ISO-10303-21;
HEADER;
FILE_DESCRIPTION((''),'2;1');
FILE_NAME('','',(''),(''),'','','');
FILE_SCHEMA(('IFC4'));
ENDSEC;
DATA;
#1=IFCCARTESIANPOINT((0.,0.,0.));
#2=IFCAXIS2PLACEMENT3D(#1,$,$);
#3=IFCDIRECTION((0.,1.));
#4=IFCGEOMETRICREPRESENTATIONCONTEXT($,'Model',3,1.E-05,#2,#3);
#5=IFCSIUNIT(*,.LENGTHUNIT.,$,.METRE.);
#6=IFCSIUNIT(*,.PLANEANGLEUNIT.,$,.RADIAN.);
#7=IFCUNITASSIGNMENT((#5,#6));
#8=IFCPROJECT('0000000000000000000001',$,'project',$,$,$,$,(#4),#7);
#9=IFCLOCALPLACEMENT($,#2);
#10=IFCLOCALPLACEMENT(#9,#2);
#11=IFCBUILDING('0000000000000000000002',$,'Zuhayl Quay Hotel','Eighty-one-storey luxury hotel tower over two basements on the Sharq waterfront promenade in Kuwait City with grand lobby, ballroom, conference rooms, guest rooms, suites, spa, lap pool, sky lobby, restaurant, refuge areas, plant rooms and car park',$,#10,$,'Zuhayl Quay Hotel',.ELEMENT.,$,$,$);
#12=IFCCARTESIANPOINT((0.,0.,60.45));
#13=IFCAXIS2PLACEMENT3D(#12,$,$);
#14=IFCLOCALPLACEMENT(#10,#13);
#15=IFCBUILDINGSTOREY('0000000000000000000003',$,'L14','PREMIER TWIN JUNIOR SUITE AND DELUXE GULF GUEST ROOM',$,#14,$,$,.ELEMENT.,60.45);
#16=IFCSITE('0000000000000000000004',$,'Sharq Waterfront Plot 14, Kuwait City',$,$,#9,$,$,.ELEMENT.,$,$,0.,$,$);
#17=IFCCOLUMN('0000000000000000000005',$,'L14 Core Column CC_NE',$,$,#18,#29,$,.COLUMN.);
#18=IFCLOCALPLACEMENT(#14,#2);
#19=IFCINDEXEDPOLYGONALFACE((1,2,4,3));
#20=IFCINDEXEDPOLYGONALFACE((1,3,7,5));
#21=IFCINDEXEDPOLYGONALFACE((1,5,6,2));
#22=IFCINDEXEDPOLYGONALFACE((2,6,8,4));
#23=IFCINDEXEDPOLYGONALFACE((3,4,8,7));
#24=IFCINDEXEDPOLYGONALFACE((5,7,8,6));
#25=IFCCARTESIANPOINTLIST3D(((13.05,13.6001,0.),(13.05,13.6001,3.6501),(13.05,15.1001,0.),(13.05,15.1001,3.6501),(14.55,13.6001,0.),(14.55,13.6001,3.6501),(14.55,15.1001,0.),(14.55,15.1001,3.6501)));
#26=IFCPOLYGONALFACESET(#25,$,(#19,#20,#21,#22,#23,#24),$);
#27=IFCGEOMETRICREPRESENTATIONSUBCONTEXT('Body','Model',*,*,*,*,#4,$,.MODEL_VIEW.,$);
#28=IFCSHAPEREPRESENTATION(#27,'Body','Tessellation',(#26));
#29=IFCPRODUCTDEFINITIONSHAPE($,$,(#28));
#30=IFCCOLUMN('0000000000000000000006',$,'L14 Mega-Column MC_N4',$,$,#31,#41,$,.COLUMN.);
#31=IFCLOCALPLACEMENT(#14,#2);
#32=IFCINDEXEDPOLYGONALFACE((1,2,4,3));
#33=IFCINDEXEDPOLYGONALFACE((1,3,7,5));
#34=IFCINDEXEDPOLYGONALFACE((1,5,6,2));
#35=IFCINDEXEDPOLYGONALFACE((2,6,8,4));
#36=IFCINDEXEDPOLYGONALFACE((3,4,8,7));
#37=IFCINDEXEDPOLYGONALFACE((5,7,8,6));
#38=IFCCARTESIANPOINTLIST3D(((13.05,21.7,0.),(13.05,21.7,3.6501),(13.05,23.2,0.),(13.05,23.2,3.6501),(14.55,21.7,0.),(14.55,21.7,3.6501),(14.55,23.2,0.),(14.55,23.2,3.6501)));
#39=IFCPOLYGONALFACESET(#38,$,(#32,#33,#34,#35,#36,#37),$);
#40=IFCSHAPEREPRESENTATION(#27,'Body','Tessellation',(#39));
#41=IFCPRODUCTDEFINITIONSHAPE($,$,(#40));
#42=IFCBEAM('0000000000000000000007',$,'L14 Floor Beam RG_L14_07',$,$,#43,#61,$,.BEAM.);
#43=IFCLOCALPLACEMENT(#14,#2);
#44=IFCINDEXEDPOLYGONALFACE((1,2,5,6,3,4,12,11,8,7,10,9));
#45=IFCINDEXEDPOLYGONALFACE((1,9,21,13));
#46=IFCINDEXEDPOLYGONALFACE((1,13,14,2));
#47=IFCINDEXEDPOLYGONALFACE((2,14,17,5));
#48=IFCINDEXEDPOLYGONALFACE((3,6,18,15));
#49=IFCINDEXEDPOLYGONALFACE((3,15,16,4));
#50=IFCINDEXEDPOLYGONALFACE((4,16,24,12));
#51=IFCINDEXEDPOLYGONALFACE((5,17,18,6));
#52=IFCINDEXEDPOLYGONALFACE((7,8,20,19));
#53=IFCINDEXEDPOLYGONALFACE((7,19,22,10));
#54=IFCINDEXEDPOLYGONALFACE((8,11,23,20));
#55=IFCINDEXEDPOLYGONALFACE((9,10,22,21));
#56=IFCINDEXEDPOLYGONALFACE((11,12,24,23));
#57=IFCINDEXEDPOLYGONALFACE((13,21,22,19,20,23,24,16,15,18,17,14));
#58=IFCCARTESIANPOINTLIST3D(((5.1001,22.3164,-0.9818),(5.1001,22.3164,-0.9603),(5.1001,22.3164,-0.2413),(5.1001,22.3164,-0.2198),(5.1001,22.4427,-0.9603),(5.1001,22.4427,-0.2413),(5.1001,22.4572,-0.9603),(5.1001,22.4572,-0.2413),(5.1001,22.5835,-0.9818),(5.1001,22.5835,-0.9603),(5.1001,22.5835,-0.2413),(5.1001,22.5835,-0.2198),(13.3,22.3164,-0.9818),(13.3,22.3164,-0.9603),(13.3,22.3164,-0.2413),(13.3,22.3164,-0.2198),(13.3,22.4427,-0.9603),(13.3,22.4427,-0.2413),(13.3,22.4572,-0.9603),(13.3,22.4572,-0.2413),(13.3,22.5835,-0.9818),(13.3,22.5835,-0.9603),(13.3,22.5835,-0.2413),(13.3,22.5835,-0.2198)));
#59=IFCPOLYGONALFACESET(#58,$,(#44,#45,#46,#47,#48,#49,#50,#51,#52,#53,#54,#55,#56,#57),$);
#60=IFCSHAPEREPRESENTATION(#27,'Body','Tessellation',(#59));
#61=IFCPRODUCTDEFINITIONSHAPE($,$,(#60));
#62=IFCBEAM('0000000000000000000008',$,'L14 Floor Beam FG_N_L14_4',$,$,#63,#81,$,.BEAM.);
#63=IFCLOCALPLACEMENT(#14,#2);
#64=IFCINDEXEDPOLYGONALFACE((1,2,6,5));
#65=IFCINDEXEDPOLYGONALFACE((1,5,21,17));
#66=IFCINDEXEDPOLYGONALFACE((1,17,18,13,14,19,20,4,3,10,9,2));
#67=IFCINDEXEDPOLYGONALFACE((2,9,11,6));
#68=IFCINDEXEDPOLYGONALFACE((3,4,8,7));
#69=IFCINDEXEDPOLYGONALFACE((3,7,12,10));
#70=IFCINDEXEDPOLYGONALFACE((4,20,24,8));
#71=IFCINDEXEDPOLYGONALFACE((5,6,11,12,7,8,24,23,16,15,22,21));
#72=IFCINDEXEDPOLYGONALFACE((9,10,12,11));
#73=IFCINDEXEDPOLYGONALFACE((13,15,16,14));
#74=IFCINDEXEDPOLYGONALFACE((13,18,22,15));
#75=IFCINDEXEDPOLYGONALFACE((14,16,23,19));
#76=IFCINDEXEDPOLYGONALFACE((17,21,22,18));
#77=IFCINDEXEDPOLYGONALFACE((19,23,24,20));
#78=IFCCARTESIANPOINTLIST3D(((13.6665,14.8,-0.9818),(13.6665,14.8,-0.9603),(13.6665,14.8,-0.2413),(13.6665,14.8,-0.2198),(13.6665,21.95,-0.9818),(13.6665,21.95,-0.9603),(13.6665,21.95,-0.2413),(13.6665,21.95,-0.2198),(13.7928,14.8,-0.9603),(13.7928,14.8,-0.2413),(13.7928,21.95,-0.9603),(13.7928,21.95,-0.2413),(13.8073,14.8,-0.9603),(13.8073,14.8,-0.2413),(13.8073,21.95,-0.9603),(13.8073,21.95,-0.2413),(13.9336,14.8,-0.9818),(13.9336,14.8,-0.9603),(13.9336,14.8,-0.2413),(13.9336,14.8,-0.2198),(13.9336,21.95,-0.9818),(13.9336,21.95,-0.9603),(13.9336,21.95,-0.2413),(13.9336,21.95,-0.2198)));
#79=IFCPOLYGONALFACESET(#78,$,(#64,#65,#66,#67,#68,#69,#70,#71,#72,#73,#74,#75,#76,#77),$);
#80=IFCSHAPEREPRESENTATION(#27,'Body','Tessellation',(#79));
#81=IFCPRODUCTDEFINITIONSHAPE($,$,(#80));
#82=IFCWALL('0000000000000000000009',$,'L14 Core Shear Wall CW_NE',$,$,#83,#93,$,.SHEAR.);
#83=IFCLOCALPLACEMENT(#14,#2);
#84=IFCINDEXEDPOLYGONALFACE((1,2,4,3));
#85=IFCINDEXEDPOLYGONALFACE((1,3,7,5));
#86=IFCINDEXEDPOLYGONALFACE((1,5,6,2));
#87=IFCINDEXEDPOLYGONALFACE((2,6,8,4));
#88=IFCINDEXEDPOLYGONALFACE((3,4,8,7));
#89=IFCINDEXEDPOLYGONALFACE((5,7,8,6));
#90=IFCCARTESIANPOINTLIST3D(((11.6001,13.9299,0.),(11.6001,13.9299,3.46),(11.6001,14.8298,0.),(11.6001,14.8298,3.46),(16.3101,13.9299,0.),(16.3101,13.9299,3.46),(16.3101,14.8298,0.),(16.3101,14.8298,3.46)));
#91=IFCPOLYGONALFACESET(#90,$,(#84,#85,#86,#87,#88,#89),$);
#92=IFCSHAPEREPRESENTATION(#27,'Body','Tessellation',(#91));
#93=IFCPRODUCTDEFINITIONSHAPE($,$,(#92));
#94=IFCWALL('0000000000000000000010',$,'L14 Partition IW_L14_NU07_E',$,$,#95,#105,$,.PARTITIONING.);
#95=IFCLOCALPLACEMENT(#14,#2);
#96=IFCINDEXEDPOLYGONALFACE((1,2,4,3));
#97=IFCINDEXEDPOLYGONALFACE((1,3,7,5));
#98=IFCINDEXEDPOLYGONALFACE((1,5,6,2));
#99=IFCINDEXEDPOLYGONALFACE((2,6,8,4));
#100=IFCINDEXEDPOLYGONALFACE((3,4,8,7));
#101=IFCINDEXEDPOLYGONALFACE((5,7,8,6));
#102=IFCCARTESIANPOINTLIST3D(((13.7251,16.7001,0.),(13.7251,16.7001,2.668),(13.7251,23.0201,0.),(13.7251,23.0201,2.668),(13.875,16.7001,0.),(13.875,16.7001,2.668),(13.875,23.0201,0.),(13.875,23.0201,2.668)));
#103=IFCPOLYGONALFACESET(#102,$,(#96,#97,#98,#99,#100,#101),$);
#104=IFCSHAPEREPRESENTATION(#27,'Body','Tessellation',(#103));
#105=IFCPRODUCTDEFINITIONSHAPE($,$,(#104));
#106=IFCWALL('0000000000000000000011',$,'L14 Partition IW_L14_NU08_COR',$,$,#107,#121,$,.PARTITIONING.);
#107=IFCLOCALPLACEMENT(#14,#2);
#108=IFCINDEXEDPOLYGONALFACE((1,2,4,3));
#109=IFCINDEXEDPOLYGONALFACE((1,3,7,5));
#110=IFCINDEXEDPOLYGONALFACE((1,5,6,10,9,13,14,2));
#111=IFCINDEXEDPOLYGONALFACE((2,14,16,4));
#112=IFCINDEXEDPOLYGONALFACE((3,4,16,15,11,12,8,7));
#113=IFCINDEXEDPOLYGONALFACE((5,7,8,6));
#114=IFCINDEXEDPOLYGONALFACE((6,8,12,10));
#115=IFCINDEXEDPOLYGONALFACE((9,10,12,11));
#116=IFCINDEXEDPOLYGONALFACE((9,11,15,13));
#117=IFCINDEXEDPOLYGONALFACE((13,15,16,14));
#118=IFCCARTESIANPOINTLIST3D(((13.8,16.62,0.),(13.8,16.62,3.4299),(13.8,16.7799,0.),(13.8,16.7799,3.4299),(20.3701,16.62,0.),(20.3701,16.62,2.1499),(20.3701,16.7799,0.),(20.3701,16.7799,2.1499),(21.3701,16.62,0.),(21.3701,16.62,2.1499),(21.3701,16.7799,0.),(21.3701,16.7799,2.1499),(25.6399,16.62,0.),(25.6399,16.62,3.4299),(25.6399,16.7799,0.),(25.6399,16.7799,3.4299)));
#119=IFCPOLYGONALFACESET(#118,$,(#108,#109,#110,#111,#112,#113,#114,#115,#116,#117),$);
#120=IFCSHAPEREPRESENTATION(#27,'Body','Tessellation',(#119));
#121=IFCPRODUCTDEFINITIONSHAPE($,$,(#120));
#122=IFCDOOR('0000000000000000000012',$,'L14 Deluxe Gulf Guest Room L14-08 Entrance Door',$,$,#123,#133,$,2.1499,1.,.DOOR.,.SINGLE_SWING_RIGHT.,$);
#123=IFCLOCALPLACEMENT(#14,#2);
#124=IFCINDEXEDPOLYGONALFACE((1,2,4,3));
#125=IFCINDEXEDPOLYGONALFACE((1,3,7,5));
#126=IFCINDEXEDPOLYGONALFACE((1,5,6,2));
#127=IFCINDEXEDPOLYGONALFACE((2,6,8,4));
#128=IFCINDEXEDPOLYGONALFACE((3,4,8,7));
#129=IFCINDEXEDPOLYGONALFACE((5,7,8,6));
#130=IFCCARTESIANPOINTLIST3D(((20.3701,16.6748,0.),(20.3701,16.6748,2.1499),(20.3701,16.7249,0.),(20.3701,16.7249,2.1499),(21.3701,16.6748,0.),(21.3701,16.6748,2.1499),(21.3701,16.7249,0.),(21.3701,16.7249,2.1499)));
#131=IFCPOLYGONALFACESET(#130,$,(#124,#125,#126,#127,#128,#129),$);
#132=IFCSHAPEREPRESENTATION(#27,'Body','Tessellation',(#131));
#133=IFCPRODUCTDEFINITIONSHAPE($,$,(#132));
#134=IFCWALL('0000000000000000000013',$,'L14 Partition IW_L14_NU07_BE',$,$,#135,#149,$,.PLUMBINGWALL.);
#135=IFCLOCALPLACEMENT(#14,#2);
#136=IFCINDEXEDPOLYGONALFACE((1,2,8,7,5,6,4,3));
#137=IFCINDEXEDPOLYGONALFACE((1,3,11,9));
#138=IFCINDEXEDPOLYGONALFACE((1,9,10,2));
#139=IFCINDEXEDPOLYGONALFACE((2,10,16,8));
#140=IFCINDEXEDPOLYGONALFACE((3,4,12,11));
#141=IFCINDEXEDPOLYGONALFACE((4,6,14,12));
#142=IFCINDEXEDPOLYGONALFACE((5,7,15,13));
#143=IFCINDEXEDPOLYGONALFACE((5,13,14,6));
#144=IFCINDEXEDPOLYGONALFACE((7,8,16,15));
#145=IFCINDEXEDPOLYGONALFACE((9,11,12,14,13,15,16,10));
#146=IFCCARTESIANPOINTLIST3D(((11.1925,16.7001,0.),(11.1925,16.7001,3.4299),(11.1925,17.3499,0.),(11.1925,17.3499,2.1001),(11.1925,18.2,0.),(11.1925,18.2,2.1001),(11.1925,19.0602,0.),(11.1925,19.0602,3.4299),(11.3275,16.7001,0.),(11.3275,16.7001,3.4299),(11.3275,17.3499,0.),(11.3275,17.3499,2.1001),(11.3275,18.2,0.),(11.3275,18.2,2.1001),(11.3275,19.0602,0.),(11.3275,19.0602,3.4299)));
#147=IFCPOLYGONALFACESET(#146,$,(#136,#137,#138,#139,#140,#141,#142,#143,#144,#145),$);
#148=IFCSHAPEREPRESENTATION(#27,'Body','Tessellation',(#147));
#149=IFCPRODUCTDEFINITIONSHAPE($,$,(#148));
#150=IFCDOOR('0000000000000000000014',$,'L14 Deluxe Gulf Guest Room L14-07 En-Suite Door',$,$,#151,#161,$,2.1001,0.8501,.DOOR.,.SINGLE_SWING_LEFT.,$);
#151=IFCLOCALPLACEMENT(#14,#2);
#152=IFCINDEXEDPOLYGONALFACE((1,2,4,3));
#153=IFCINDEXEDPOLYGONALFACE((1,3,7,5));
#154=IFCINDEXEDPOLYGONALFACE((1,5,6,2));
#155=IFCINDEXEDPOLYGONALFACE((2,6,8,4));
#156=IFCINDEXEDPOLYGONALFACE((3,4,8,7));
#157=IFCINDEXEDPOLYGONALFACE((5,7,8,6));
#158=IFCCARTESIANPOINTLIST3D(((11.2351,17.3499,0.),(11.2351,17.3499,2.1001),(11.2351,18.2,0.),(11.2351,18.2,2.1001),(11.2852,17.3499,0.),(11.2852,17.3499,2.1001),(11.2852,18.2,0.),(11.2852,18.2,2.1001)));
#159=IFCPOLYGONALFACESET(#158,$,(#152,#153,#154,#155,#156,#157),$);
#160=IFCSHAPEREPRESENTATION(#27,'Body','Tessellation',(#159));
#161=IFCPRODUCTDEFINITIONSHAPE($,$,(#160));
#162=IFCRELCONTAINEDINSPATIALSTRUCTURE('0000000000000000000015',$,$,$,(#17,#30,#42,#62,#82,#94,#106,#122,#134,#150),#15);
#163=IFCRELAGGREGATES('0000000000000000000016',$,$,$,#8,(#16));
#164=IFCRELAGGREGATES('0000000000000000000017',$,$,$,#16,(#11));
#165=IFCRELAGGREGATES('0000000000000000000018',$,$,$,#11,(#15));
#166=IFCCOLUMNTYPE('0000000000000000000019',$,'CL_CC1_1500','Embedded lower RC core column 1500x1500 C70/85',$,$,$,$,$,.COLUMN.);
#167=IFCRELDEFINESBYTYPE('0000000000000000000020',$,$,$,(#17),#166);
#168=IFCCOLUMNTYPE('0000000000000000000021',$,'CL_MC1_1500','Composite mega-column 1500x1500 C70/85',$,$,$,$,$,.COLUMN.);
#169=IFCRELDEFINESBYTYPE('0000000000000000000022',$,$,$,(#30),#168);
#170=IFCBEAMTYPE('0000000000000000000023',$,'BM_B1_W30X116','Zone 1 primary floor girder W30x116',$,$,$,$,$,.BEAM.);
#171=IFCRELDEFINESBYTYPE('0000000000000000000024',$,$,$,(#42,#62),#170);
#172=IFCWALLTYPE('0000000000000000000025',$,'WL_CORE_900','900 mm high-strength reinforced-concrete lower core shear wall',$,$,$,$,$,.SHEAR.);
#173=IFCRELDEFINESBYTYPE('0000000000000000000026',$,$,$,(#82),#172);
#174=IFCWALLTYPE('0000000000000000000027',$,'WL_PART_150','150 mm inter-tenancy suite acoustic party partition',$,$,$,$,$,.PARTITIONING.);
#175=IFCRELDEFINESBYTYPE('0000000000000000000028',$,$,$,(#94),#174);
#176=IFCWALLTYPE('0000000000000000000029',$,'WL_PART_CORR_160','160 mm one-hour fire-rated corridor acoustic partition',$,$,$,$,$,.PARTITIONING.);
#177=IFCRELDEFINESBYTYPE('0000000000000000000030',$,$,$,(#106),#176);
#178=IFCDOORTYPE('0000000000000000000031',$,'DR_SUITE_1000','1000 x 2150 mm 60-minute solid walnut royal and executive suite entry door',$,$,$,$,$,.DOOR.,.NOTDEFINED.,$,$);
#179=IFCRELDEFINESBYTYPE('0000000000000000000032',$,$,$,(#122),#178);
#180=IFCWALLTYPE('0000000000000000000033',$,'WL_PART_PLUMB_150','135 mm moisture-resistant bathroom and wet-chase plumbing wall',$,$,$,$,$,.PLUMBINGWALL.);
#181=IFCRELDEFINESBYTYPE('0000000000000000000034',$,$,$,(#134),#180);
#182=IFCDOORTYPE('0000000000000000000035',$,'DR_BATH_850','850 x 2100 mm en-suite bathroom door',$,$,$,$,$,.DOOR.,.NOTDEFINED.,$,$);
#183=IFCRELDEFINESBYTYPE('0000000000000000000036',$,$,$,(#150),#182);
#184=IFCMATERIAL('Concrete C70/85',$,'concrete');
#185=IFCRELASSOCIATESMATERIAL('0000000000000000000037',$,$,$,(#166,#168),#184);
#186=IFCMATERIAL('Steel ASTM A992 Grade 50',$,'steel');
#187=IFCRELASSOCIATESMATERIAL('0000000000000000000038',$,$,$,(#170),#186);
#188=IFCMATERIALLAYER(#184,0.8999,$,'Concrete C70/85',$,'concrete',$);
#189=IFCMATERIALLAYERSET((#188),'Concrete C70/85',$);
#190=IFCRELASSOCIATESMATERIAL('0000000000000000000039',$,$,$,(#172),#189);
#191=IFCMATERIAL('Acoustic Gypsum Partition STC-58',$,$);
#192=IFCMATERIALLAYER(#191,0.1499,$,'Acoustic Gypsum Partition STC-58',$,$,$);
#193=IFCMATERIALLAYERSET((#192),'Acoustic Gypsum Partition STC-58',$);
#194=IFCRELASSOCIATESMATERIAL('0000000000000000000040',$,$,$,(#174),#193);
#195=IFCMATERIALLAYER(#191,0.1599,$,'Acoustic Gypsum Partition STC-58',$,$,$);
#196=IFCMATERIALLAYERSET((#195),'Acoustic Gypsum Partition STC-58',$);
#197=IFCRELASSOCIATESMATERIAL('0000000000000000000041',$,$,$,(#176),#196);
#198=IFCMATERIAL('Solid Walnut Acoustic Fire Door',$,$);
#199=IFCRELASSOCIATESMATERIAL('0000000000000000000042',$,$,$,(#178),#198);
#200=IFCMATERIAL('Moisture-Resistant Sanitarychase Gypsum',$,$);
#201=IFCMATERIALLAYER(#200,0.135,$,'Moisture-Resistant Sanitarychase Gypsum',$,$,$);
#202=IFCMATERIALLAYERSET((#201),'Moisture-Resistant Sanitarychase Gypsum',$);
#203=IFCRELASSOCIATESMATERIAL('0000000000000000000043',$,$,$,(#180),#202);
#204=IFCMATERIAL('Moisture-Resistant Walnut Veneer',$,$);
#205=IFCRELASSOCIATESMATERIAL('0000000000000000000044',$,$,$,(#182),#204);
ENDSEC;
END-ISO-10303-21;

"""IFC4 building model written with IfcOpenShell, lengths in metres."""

from ifc_helpers import new_model, si_unit, direction, frame, frame_2d, origin, origin_2d, place, context, subcontext, project, spatial, rectangle, i_section, extrude, material, layer, layer_set, material_profile, profile_set, type_object, element, fill, save


model = new_model("IFC4")

# Units and contexts
model_context = context("Model", 3, precision=1e-05, world=origin(), true_north=direction((0.0, 1.0)))
body_context = subcontext(model_context, "Body", "Model", "MODEL_VIEW")
ifc_project = project(units=[si_unit("LENGTHUNIT", "METRE"), si_unit("PLANEANGLEUNIT", "RADIAN")], contexts=[model_context])

# Site, building, storey
site_placement = place(None, origin())
site = spatial("IfcSite", under=ifc_project, at=site_placement, Name="Sharq Waterfront Plot 14, Kuwait City", CompositionType="ELEMENT", RefElevation=0.0)
building_placement = place(site_placement, origin())
building = spatial("IfcBuilding", under=site, at=building_placement, Name="Zuhayl Quay Hotel", Description="Eighty-one-storey luxury hotel tower over two basements on the Sharq waterfront promenade in Kuwait City with grand lobby, ballroom, conference rooms, guest rooms, suites, spa, lap pool, sky lobby, restaurant, refuge areas, plant rooms and car park", LongName="Zuhayl Quay Hotel", CompositionType="ELEMENT")
storey_placement = place(building_placement, frame((0.0, 0.0, 60.45)))
storey = spatial("IfcBuildingStorey", under=building, at=storey_placement, Name="L14", Description="PREMIER TWIN JUNIOR SUITE AND DELUXE GULF GUEST ROOM", CompositionType="ELEMENT", Elevation=60.45)

# Columns
ifc_material_1 = material(Name="Concrete C70/85", Category="concrete")
ifc_material_profile_1 = material_profile(ifc_material_1, rectangle(XDim=1.5, YDim=1.5, at=origin_2d()), Name="RC1500X1500")
ifc_profile_set_1 = profile_set([ifc_material_profile_1], Name="Concrete C70/85")
column_type_1 = type_object("IfcColumnType", Name="CL_CC1_1500", Description="Embedded lower RC core column 1500x1500 C70/85", PredefinedType="COLUMN", material=ifc_profile_set_1)
column_1_placement = place(storey_placement, frame((13.8, 14.3501, 0.0), z_axis=(0.0, 0.0, 1.0), x_axis=(1.0, 0.0, 0.0)))
element("IfcColumn", 1, at=column_1_placement, inside=storey, type_object=column_type_1, Name="L14 Core Column CC_NE", PredefinedType="COLUMN", context=body_context, shape_type="SweptSolid", body=[
    extrude(rectangle(XDim=1.5, YDim=1.5, at=origin_2d()), origin(), (0.0, 0.0, 1.0), 3.6501),
])
ifc_material_profile_2 = material_profile(ifc_material_1, rectangle(XDim=1.5, YDim=1.5, at=origin_2d()), Name="RC1500X1500")
ifc_profile_set_2 = profile_set([ifc_material_profile_2], Name="Concrete C70/85")
column_type_2 = type_object("IfcColumnType", Name="CL_MC1_1500", Description="Composite mega-column 1500x1500 C70/85", PredefinedType="COLUMN", material=ifc_profile_set_2)
column_2_placement = place(storey_placement, frame((13.8, 22.45, 0.0), z_axis=(0.0, 0.0, 1.0), x_axis=(1.0, 0.0, 0.0)))
element("IfcColumn", 2, at=column_2_placement, inside=storey, type_object=column_type_2, Name="L14 Mega-Column MC_N4", PredefinedType="COLUMN", context=body_context, shape_type="SweptSolid", body=[
    extrude(rectangle(XDim=1.5, YDim=1.5, at=origin_2d()), origin(), (0.0, 0.0, 1.0), 3.6501),
])

# Beams
ifc_material_2 = material(Name="Steel ASTM A992 Grade 50", Category="steel")
ifc_material_profile_3 = material_profile(ifc_material_2, i_section(OverallWidth=0.2671, OverallDepth=0.762, WebThickness=0.0144, FlangeThickness=0.0215, at=origin_2d()), Name="W30X116")
ifc_profile_set_3 = profile_set([ifc_material_profile_3], Name="Steel ASTM A992 Grade 50")
beam_type = type_object("IfcBeamType", Name="BM_B1_W30X116", Description="Zone 1 primary floor girder W30x116", PredefinedType="BEAM", material=ifc_profile_set_3)
beam_1_placement = place(storey_placement, frame((13.3, 22.45, -0.6008), z_axis=(-1.0, 0.0, 0.0), x_axis=(0.0, -1.0, 0.0)))
element("IfcBeam", 3, at=beam_1_placement, inside=storey, type_object=beam_type, Name="L14 Floor Beam RG_L14_07", PredefinedType="BEAM", context=body_context, shape_type="SweptSolid", body=[
    extrude(i_section(OverallWidth=0.2671, OverallDepth=0.762, WebThickness=0.0144, FlangeThickness=0.0215, at=origin_2d()), origin(), (0.0, 0.0, 1.0), 8.2),
])
beam_2_placement = place(storey_placement, frame((13.8, 14.8, -0.6008), z_axis=(0.0, 1.0, 0.0), x_axis=(-1.0, 0.0, 0.0)))
element("IfcBeam", 4, at=beam_2_placement, inside=storey, type_object=beam_type, Name="L14 Floor Beam FG_N_L14_4", PredefinedType="BEAM", context=body_context, shape_type="SweptSolid", body=[
    extrude(i_section(OverallWidth=0.2671, OverallDepth=0.762, WebThickness=0.0144, FlangeThickness=0.0215, at=origin_2d()), origin(), (0.0, 0.0, 1.0), 7.1499),
])

# Walls
ifc_layer_1 = layer(ifc_material_1, 0.8999, Name="Concrete C70/85", Category="concrete")
ifc_layer_set_1 = layer_set([ifc_layer_1], Name="Concrete C70/85")
wall_type_1 = type_object("IfcWallType", Name="WL_CORE_900", Description="900 mm high-strength reinforced-concrete lower core shear wall", PredefinedType="SHEAR", material=ifc_layer_set_1)
wall_1_placement = place(storey_placement, frame((11.6001, 14.3799, 0.0), z_axis=(0.0, 0.0, 1.0), x_axis=(1.0, 0.0, 0.0)))
element("IfcWall", 5, at=wall_1_placement, inside=storey, type_object=wall_type_1, Name="L14 Core Shear Wall CW_NE", PredefinedType="SHEAR", context=body_context, shape_type="SweptSolid", body=[
    extrude(rectangle(XDim=4.71, YDim=0.8999, at=frame_2d((2.355, 0.0))), origin(), (0.0, 0.0, 1.0), 3.46),
])
ifc_material_3 = material(Name="Acoustic Gypsum Partition STC-58")
ifc_layer_2 = layer(ifc_material_3, 0.1499, Name="Acoustic Gypsum Partition STC-58")
ifc_layer_set_2 = layer_set([ifc_layer_2], Name="Acoustic Gypsum Partition STC-58")
wall_type_2 = type_object("IfcWallType", Name="WL_PART_150", Description="150 mm inter-tenancy suite acoustic party partition", PredefinedType="PARTITIONING", material=ifc_layer_set_2)
wall_2_placement = place(storey_placement, frame((13.8, 16.7, 0.0), z_axis=(0.0, 0.0, 1.0), x_axis=(0.0, 1.0, 0.0)))
element("IfcWall", 6, at=wall_2_placement, inside=storey, type_object=wall_type_2, Name="L14 Partition IW_L14_NU07_E", PredefinedType="PARTITIONING", context=body_context, shape_type="SweptSolid", body=[
    extrude(rectangle(XDim=6.3201, YDim=0.1499, at=frame_2d((3.1602, 0.0))), origin(), (0.0, 0.0, 1.0), 2.668),
])

# Walls, openings, doors
ifc_layer_3 = layer(ifc_material_3, 0.1599, Name="Acoustic Gypsum Partition STC-58")
ifc_layer_set_3 = layer_set([ifc_layer_3], Name="Acoustic Gypsum Partition STC-58")
wall_type_3 = type_object("IfcWallType", Name="WL_PART_CORR_160", Description="160 mm one-hour fire-rated corridor acoustic partition", PredefinedType="PARTITIONING", material=ifc_layer_set_3)
wall_3_placement = place(storey_placement, frame((13.8, 16.7, 0.0), z_axis=(0.0, 0.0, 1.0), x_axis=(1.0, 0.0, 0.0)))
wall_3 = element("IfcWall", 7, at=wall_3_placement, inside=storey, type_object=wall_type_3, Name="L14 Partition IW_L14_NU08_COR", PredefinedType="PARTITIONING", context=body_context, shape_type="SweptSolid", body=[
    extrude(rectangle(XDim=11.8398, YDim=0.1599, at=frame_2d((5.9199, 0.0))), origin(), (0.0, 0.0, 1.0), 3.4299),
])
opening_1_placement = place(wall_3_placement, frame((6.5701, 0.0, 0.0)))
opening_1 = element("IfcOpeningElement", 8, at=opening_1_placement, cuts=wall_3, PredefinedType="OPENING", context=body_context, shape_type="SweptSolid", body=[
    extrude(rectangle(XDim=1.0, YDim=2.1499, at=frame_2d((0.5, 1.075))), frame((0.0, 0.0898, 0.0), z_axis=(0.0, -1.0, 0.0), x_axis=(1.0, 0.0, 0.0)), (0.0, 0.0, 1.0), 0.1799),
])
ifc_material_4 = material(Name="Solid Walnut Acoustic Fire Door")
door_type_1 = type_object("IfcDoorType", Name="DR_SUITE_1000", Description="1000 x 2150 mm 60-minute solid walnut royal and executive suite entry door", OperationType="NOTDEFINED", PredefinedType="DOOR", material=ifc_material_4)
door_1_placement = place(opening_1_placement, origin())
door_1 = element("IfcDoor", 9, at=door_1_placement, inside=storey, type_object=door_type_1, Name="L14 Deluxe Gulf Guest Room L14-08 Entrance Door", OperationType="SINGLE_SWING_RIGHT", OverallHeight=2.1499, OverallWidth=1.0, PredefinedType="DOOR", context=body_context, shape_type="SweptSolid", body=[
    extrude(rectangle(XDim=1.0, YDim=2.1499, at=frame_2d((0.5, 1.075))), frame((0.0, 0.0249, 0.0), z_axis=(0.0, -1.0, 0.0), x_axis=(1.0, 0.0, 0.0)), (0.0, 0.0, 1.0), 0.05),
])
fill(opening_1, door_1)
ifc_material_5 = material(Name="Moisture-Resistant Sanitarychase Gypsum")
ifc_layer_4 = layer(ifc_material_5, 0.135, Name="Moisture-Resistant Sanitarychase Gypsum")
ifc_layer_set_4 = layer_set([ifc_layer_4], Name="Moisture-Resistant Sanitarychase Gypsum")
wall_type_4 = type_object("IfcWallType", Name="WL_PART_PLUMB_150", Description="135 mm moisture-resistant bathroom and wet-chase plumbing wall", PredefinedType="PLUMBINGWALL", material=ifc_layer_set_4)
wall_4_placement = place(storey_placement, frame((11.26, 16.7, 0.0), z_axis=(0.0, 0.0, 1.0), x_axis=(0.0, 1.0, 0.0)))
wall_4 = element("IfcWall", 10, at=wall_4_placement, inside=storey, type_object=wall_type_4, Name="L14 Partition IW_L14_NU07_BE", PredefinedType="PLUMBINGWALL", context=body_context, shape_type="SweptSolid", body=[
    extrude(rectangle(XDim=2.3601, YDim=0.135, at=frame_2d((1.1802, 0.0))), origin(), (0.0, 0.0, 1.0), 3.4299),
])
opening_2_placement = place(wall_4_placement, frame((0.6499, 0.0, 0.0)))
opening_2 = element("IfcOpeningElement", 11, at=opening_2_placement, cuts=wall_4, PredefinedType="OPENING", context=body_context, shape_type="SweptSolid", body=[
    extrude(rectangle(XDim=0.8501, YDim=2.1001, at=frame_2d((0.425, 1.05))), frame((0.0, 0.0774, 0.0), z_axis=(0.0, -1.0, 0.0), x_axis=(1.0, 0.0, 0.0)), (0.0, 0.0, 1.0), 0.155),
])
ifc_material_6 = material(Name="Moisture-Resistant Walnut Veneer")
door_type_2 = type_object("IfcDoorType", Name="DR_BATH_850", Description="850 x 2100 mm en-suite bathroom door", OperationType="NOTDEFINED", PredefinedType="DOOR", material=ifc_material_6)
door_2_placement = place(opening_2_placement, origin())
door_2 = element("IfcDoor", 12, at=door_2_placement, inside=storey, type_object=door_type_2, Name="L14 Deluxe Gulf Guest Room L14-07 En-Suite Door", OperationType="SINGLE_SWING_LEFT", OverallHeight=2.1001, OverallWidth=0.8501, PredefinedType="DOOR", context=body_context, shape_type="SweptSolid", body=[
    extrude(rectangle(XDim=0.8501, YDim=2.1001, at=frame_2d((0.425, 1.05))), frame((0.0, 0.0249, 0.0), z_axis=(0.0, -1.0, 0.0), x_axis=(1.0, 0.0, 0.0)), (0.0, 0.0, 1.0), 0.05),
])
fill(opening_2, door_2)

save(model, "model.ifc")
